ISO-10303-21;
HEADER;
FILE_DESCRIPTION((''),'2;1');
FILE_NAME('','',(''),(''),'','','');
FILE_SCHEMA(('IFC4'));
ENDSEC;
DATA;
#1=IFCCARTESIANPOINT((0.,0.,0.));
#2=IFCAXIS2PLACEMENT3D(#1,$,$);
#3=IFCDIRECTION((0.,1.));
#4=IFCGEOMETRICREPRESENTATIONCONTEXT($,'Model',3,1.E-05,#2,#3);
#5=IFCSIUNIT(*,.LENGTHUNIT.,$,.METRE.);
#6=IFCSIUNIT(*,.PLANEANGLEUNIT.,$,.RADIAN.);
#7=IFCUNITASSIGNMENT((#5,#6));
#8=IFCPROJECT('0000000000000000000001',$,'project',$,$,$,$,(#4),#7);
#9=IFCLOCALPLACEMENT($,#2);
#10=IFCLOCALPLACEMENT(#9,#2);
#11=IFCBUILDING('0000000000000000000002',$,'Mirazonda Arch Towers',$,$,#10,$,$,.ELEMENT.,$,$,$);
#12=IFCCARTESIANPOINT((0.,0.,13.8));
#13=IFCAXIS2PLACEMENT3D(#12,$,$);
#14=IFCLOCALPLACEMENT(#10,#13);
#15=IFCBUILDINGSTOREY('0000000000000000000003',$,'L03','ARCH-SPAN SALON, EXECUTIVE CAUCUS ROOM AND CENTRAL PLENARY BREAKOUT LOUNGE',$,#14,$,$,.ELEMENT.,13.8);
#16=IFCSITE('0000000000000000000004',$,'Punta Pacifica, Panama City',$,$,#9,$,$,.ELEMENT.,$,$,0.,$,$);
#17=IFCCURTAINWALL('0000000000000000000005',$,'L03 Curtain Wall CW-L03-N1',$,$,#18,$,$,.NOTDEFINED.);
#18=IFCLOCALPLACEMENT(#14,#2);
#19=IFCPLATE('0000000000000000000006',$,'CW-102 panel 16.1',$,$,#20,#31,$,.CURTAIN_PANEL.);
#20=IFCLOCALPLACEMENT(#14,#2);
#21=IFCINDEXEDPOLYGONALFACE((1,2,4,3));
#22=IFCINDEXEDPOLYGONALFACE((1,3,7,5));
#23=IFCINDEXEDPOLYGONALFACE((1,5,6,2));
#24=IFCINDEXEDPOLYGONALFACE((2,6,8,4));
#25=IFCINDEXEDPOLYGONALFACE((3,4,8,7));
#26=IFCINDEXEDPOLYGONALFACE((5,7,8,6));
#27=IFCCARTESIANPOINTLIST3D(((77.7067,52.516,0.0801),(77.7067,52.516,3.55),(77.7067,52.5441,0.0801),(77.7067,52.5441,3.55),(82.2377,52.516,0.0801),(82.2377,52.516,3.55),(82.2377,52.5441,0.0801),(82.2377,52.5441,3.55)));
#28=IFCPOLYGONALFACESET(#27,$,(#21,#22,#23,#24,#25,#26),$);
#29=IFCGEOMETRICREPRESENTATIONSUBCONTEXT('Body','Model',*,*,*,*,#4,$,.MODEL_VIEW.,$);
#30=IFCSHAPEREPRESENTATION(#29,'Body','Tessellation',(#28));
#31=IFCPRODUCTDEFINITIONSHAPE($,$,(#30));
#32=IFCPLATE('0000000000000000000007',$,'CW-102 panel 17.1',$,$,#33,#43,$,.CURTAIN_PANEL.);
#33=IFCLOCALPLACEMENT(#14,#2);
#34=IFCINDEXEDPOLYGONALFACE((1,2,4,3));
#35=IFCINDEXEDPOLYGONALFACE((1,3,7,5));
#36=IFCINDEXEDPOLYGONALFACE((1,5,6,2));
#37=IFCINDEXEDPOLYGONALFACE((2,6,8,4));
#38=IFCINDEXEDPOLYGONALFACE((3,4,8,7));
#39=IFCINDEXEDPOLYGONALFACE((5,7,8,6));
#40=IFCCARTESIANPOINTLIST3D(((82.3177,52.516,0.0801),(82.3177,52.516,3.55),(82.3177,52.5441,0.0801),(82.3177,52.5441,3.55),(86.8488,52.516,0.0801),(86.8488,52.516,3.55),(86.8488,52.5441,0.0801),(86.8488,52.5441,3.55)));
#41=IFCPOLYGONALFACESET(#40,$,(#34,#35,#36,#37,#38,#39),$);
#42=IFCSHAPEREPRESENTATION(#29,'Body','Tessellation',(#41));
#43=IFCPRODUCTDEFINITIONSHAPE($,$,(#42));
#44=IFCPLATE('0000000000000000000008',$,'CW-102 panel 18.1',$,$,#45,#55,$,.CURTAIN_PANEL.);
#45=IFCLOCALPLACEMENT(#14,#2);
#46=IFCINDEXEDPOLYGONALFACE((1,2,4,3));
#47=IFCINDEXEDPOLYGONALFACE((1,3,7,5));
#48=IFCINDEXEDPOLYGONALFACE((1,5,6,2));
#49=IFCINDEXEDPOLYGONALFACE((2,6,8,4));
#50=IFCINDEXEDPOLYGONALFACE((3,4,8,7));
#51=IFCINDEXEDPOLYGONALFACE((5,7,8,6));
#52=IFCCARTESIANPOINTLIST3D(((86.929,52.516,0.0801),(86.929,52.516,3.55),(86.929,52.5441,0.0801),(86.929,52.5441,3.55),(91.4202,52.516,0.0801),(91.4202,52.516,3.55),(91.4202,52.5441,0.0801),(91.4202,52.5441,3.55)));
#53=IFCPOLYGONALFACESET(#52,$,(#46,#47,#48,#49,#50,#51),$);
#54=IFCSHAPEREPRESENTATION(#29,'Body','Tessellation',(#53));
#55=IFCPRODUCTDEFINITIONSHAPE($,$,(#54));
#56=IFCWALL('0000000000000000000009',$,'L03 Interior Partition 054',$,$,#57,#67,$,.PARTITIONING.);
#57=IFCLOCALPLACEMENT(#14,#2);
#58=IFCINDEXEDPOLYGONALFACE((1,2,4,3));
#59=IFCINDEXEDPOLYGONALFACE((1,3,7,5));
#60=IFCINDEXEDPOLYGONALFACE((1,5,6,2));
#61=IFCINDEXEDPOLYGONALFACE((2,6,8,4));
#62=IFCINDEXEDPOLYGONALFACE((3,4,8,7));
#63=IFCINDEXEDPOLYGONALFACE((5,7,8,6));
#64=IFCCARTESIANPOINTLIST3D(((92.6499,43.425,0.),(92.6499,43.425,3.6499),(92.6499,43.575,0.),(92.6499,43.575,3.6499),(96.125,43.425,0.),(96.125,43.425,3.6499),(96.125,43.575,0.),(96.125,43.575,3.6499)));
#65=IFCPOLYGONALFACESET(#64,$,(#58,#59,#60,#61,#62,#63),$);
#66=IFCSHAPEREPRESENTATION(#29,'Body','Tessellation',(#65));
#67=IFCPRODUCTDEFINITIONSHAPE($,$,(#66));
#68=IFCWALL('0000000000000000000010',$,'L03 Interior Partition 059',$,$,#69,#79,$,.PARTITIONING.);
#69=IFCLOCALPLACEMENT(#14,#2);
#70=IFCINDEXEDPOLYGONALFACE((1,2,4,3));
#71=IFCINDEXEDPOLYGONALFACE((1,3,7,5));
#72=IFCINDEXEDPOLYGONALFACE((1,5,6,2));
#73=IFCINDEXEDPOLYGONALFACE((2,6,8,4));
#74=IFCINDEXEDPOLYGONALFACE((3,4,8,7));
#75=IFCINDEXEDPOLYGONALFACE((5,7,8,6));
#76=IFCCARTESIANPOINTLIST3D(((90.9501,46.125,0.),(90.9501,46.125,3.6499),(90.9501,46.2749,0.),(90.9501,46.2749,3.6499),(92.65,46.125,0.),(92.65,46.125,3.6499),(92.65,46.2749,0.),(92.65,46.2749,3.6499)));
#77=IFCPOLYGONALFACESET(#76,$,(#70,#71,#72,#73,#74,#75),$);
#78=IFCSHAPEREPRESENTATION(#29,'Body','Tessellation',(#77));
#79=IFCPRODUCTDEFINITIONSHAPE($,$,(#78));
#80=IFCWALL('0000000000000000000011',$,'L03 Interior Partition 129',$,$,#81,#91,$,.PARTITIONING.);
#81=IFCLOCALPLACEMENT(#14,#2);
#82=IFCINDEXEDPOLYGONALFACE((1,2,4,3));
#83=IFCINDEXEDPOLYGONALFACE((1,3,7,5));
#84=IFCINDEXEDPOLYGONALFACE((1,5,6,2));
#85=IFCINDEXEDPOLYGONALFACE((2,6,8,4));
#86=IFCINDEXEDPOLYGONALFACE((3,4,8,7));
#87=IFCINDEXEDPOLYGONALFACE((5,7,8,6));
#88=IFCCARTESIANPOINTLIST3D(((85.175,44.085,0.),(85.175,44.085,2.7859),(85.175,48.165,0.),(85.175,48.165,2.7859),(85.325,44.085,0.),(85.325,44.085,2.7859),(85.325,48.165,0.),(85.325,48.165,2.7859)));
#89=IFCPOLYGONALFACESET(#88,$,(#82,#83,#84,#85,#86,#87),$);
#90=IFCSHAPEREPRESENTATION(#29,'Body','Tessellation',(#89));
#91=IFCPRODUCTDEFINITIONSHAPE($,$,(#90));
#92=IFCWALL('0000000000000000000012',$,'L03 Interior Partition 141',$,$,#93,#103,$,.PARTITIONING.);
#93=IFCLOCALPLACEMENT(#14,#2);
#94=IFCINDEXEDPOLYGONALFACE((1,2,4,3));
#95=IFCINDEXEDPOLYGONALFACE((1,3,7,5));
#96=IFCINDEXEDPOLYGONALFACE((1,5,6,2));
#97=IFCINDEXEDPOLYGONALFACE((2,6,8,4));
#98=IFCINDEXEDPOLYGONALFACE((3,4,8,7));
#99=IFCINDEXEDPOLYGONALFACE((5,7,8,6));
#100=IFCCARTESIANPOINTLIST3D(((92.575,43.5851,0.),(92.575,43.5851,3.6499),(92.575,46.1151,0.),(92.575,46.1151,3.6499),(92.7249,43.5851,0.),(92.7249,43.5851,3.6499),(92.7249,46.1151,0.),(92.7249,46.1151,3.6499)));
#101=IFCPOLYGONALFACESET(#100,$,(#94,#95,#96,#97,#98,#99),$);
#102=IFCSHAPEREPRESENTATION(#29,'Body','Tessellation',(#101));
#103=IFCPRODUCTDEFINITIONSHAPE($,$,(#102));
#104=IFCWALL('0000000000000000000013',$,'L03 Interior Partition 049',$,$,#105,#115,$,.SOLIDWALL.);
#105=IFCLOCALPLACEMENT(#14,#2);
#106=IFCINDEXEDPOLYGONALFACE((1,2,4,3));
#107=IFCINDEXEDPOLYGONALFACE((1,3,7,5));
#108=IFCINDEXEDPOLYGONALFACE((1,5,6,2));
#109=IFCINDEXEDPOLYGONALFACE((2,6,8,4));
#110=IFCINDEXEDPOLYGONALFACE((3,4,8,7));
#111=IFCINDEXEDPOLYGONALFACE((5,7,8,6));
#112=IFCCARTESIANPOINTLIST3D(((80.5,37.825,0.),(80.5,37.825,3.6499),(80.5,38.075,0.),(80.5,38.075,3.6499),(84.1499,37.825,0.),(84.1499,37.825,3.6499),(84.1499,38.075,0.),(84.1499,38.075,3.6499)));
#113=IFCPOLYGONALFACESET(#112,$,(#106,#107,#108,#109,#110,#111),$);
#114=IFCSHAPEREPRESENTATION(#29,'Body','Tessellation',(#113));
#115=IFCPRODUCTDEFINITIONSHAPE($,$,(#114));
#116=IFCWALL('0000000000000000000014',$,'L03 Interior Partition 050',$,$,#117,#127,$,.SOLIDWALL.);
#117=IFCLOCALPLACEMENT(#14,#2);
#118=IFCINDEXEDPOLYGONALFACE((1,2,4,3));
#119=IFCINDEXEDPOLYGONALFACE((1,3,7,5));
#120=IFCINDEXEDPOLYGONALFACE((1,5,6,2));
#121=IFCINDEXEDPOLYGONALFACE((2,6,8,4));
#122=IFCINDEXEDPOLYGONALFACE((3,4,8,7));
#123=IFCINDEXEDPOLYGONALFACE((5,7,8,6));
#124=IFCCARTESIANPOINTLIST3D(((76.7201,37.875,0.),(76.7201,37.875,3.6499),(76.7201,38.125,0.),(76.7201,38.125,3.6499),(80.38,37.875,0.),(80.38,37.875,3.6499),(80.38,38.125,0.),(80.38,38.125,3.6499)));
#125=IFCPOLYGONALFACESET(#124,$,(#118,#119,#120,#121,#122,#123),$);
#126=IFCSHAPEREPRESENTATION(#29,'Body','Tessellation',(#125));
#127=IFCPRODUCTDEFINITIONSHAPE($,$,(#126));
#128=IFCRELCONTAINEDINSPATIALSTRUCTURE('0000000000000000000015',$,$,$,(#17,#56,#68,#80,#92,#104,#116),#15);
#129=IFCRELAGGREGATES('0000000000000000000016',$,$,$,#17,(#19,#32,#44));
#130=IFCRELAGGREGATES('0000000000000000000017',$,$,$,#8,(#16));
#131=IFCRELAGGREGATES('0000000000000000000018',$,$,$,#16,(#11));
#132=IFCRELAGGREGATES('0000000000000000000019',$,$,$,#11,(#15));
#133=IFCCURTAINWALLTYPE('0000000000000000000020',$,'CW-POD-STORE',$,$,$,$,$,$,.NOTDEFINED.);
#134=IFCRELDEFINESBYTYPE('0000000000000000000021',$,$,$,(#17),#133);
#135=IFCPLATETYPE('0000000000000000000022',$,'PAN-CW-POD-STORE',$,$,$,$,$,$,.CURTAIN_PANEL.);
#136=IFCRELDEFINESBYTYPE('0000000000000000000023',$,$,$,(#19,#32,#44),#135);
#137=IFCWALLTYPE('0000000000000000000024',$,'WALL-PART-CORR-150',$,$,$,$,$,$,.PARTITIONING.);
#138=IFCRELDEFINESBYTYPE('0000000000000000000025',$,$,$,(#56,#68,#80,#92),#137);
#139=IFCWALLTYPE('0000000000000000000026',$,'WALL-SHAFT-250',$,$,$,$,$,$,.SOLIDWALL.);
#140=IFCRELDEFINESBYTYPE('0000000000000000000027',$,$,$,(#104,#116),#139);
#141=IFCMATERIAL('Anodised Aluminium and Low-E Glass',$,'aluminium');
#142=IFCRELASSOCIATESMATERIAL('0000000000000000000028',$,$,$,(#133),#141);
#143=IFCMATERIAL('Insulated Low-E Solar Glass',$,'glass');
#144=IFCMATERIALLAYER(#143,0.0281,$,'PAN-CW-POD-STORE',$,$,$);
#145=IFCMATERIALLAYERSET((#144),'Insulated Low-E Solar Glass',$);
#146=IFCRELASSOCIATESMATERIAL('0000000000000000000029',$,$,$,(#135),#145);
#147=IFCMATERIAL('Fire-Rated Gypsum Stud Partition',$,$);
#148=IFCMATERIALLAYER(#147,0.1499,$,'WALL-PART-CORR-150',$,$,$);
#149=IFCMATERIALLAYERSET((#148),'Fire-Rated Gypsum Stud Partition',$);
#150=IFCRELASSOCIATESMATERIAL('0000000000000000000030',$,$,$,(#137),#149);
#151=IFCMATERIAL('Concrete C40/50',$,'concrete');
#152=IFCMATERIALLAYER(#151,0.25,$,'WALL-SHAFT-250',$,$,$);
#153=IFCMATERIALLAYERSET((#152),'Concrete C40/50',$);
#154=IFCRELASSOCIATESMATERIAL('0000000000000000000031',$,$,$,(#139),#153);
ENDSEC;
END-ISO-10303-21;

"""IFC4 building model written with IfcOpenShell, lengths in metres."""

from ifc_helpers import new_model, si_unit, direction, frame, frame_2d, origin, origin_2d, place, context, subcontext, project, spatial, rectangle, extrude, material, layer, layer_set, type_object, element, aggregate, save


model = new_model("IFC4")

# Units and contexts
model_context = context("Model", 3, precision=1e-05, world=origin(), true_north=direction((0.0, 1.0)))
body_context = subcontext(model_context, "Body", "Model", "MODEL_VIEW")
ifc_project = project(units=[si_unit("LENGTHUNIT", "METRE"), si_unit("PLANEANGLEUNIT", "RADIAN")], contexts=[model_context])

# Site, building, storey
site_placement = place(None, origin())
site = spatial("IfcSite", under=ifc_project, at=site_placement, Name="Punta Pacifica, Panama City", CompositionType="ELEMENT", RefElevation=0.0)
building_placement = place(site_placement, origin())
building = spatial("IfcBuilding", under=site, at=building_placement, Name="Mirazonda Arch Towers", CompositionType="ELEMENT")
storey_placement = place(building_placement, frame((0.0, 0.0, 13.8)))
storey = spatial("IfcBuildingStorey", under=building, at=storey_placement, Name="L03", Description="ARCH-SPAN SALON, EXECUTIVE CAUCUS ROOM AND CENTRAL PLENARY BREAKOUT LOUNGE", CompositionType="ELEMENT", Elevation=13.8)

# Curtain wall, plates
ifc_material_1 = material(Name="Anodised Aluminium and Low-E Glass", Category="aluminium")
curtain_wall_type = type_object("IfcCurtainWallType", Name="CW-POD-STORE", PredefinedType="NOTDEFINED", material=ifc_material_1)
curtain_wall_placement = place(storey_placement, origin())
curtain_wall = element("IfcCurtainWall", 1, at=curtain_wall_placement, inside=storey, type_object=curtain_wall_type, Name="L03 Curtain Wall CW-L03-N1", PredefinedType="NOTDEFINED")
ifc_material_2 = material(Name="Insulated Low-E Solar Glass", Category="glass")
ifc_layer_1 = layer(ifc_material_2, 0.0281, Name="PAN-CW-POD-STORE")
ifc_layer_set_1 = layer_set([ifc_layer_1], Name="Insulated Low-E Solar Glass")
plate_type = type_object("IfcPlateType", Name="PAN-CW-POD-STORE", PredefinedType="CURTAIN_PANEL", material=ifc_layer_set_1)
plate_1_placement = place(storey_placement, frame((79.9722, 52.53, 0.0801), z_axis=(0.0, 0.0, 1.0), x_axis=(1.0, 0.0, 0.0)))
plate_1 = element("IfcPlate", 2, at=plate_1_placement, type_object=plate_type, Name="CW-102 panel 16.1", PredefinedType="CURTAIN_PANEL", context=body_context, shape_type="SweptSolid", body=[
    extrude(rectangle(XDim=4.531, YDim=0.0281, at=origin_2d()), origin(), (0.0, 0.0, 1.0), 3.47),
])
plate_2_placement = place(storey_placement, frame((84.5833, 52.53, 0.0801), z_axis=(0.0, 0.0, 1.0), x_axis=(1.0, 0.0, 0.0)))
plate_2 = element("IfcPlate", 3, at=plate_2_placement, type_object=plate_type, Name="CW-102 panel 17.1", PredefinedType="CURTAIN_PANEL", context=body_context, shape_type="SweptSolid", body=[
    extrude(rectangle(XDim=4.531, YDim=0.0281, at=origin_2d()), origin(), (0.0, 0.0, 1.0), 3.47),
])
plate_3_placement = place(storey_placement, frame((89.1746, 52.53, 0.0801), z_axis=(0.0, 0.0, 1.0), x_axis=(1.0, 0.0, 0.0)))
plate_3 = element("IfcPlate", 4, at=plate_3_placement, type_object=plate_type, Name="CW-102 panel 18.1", PredefinedType="CURTAIN_PANEL", context=body_context, shape_type="SweptSolid", body=[
    extrude(rectangle(XDim=4.4912, YDim=0.0281, at=origin_2d()), origin(), (0.0, 0.0, 1.0), 3.47),
])
aggregate(curtain_wall, [plate_1, plate_2, plate_3])

# Walls
ifc_material_3 = material(Name="Fire-Rated Gypsum Stud Partition")
ifc_layer_2 = layer(ifc_material_3, 0.1499, Name="WALL-PART-CORR-150")
ifc_layer_set_2 = layer_set([ifc_layer_2], Name="Fire-Rated Gypsum Stud Partition")
wall_type_1 = type_object("IfcWallType", Name="WALL-PART-CORR-150", PredefinedType="PARTITIONING", material=ifc_layer_set_2)
wall_1_placement = place(storey_placement, frame((92.6499, 43.5, 0.0), z_axis=(0.0, 0.0, 1.0), x_axis=(1.0, 0.0, 0.0)))
element("IfcWall", 5, at=wall_1_placement, inside=storey, type_object=wall_type_1, Name="L03 Interior Partition 054", PredefinedType="PARTITIONING", context=body_context, shape_type="SweptSolid", body=[
    extrude(rectangle(XDim=3.4751, YDim=0.1499, at=frame_2d((1.7375, 0.0))), origin(), (0.0, 0.0, 1.0), 3.6499),
])
wall_2_placement = place(storey_placement, frame((90.95, 46.2, 0.0), z_axis=(0.0, 0.0, 1.0), x_axis=(1.0, 0.0, 0.0)))
element("IfcWall", 6, at=wall_2_placement, inside=storey, type_object=wall_type_1, Name="L03 Interior Partition 059", PredefinedType="PARTITIONING", context=body_context, shape_type="SweptSolid", body=[
    extrude(rectangle(XDim=1.7, YDim=0.1499, at=frame_2d((0.8501, 0.0))), origin(), (0.0, 0.0, 1.0), 3.6499),
])
wall_3_placement = place(storey_placement, frame((85.25, 44.085, 0.0), z_axis=(0.0, 0.0, 1.0), x_axis=(0.0, 1.0, 0.0)))
element("IfcWall", 7, at=wall_3_placement, inside=storey, type_object=wall_type_1, Name="L03 Interior Partition 129", PredefinedType="PARTITIONING", context=body_context, shape_type="SweptSolid", body=[
    extrude(rectangle(XDim=4.0801, YDim=0.1499, at=frame_2d((2.04, 0.0))), origin(), (0.0, 0.0, 1.0), 2.7859),
])
wall_4_placement = place(storey_placement, frame((92.6499, 43.585, 0.0), z_axis=(0.0, 0.0, 1.0), x_axis=(0.0, 1.0, 0.0)))
element("IfcWall", 8, at=wall_4_placement, inside=storey, type_object=wall_type_1, Name="L03 Interior Partition 141", PredefinedType="PARTITIONING", context=body_context, shape_type="SweptSolid", body=[
    extrude(rectangle(XDim=2.53, YDim=0.1499, at=frame_2d((1.2651, 0.0))), origin(), (0.0, 0.0, 1.0), 3.6499),
])
ifc_material_4 = material(Name="Concrete C40/50", Category="concrete")
ifc_layer_3 = layer(ifc_material_4, 0.25, Name="WALL-SHAFT-250")
ifc_layer_set_3 = layer_set([ifc_layer_3], Name="Concrete C40/50")
wall_type_2 = type_object("IfcWallType", Name="WALL-SHAFT-250", PredefinedType="SOLIDWALL", material=ifc_layer_set_3)
wall_5_placement = place(storey_placement, frame((80.5, 37.95, 0.0), z_axis=(0.0, 0.0, 1.0), x_axis=(1.0, 0.0, 0.0)))
element("IfcWall", 9, at=wall_5_placement, inside=storey, type_object=wall_type_2, Name="L03 Interior Partition 049", PredefinedType="SOLIDWALL", context=body_context, shape_type="SweptSolid", body=[
    extrude(rectangle(XDim=3.6499, YDim=0.25, at=frame_2d((1.825, 0.0))), origin(), (0.0, 0.0, 1.0), 3.6499),
])
wall_6_placement = place(storey_placement, frame((76.72, 38.0, 0.0), z_axis=(0.0, 0.0, 1.0), x_axis=(1.0, 0.0, 0.0)))
element("IfcWall", 10, at=wall_6_placement, inside=storey, type_object=wall_type_2, Name="L03 Interior Partition 050", PredefinedType="SOLIDWALL", context=body_context, shape_type="SweptSolid", body=[
    extrude(rectangle(XDim=3.6599, YDim=0.25, at=frame_2d((1.8301, 0.0))), origin(), (0.0, 0.0, 1.0), 3.6499),
])

save(model, "model.ifc")
